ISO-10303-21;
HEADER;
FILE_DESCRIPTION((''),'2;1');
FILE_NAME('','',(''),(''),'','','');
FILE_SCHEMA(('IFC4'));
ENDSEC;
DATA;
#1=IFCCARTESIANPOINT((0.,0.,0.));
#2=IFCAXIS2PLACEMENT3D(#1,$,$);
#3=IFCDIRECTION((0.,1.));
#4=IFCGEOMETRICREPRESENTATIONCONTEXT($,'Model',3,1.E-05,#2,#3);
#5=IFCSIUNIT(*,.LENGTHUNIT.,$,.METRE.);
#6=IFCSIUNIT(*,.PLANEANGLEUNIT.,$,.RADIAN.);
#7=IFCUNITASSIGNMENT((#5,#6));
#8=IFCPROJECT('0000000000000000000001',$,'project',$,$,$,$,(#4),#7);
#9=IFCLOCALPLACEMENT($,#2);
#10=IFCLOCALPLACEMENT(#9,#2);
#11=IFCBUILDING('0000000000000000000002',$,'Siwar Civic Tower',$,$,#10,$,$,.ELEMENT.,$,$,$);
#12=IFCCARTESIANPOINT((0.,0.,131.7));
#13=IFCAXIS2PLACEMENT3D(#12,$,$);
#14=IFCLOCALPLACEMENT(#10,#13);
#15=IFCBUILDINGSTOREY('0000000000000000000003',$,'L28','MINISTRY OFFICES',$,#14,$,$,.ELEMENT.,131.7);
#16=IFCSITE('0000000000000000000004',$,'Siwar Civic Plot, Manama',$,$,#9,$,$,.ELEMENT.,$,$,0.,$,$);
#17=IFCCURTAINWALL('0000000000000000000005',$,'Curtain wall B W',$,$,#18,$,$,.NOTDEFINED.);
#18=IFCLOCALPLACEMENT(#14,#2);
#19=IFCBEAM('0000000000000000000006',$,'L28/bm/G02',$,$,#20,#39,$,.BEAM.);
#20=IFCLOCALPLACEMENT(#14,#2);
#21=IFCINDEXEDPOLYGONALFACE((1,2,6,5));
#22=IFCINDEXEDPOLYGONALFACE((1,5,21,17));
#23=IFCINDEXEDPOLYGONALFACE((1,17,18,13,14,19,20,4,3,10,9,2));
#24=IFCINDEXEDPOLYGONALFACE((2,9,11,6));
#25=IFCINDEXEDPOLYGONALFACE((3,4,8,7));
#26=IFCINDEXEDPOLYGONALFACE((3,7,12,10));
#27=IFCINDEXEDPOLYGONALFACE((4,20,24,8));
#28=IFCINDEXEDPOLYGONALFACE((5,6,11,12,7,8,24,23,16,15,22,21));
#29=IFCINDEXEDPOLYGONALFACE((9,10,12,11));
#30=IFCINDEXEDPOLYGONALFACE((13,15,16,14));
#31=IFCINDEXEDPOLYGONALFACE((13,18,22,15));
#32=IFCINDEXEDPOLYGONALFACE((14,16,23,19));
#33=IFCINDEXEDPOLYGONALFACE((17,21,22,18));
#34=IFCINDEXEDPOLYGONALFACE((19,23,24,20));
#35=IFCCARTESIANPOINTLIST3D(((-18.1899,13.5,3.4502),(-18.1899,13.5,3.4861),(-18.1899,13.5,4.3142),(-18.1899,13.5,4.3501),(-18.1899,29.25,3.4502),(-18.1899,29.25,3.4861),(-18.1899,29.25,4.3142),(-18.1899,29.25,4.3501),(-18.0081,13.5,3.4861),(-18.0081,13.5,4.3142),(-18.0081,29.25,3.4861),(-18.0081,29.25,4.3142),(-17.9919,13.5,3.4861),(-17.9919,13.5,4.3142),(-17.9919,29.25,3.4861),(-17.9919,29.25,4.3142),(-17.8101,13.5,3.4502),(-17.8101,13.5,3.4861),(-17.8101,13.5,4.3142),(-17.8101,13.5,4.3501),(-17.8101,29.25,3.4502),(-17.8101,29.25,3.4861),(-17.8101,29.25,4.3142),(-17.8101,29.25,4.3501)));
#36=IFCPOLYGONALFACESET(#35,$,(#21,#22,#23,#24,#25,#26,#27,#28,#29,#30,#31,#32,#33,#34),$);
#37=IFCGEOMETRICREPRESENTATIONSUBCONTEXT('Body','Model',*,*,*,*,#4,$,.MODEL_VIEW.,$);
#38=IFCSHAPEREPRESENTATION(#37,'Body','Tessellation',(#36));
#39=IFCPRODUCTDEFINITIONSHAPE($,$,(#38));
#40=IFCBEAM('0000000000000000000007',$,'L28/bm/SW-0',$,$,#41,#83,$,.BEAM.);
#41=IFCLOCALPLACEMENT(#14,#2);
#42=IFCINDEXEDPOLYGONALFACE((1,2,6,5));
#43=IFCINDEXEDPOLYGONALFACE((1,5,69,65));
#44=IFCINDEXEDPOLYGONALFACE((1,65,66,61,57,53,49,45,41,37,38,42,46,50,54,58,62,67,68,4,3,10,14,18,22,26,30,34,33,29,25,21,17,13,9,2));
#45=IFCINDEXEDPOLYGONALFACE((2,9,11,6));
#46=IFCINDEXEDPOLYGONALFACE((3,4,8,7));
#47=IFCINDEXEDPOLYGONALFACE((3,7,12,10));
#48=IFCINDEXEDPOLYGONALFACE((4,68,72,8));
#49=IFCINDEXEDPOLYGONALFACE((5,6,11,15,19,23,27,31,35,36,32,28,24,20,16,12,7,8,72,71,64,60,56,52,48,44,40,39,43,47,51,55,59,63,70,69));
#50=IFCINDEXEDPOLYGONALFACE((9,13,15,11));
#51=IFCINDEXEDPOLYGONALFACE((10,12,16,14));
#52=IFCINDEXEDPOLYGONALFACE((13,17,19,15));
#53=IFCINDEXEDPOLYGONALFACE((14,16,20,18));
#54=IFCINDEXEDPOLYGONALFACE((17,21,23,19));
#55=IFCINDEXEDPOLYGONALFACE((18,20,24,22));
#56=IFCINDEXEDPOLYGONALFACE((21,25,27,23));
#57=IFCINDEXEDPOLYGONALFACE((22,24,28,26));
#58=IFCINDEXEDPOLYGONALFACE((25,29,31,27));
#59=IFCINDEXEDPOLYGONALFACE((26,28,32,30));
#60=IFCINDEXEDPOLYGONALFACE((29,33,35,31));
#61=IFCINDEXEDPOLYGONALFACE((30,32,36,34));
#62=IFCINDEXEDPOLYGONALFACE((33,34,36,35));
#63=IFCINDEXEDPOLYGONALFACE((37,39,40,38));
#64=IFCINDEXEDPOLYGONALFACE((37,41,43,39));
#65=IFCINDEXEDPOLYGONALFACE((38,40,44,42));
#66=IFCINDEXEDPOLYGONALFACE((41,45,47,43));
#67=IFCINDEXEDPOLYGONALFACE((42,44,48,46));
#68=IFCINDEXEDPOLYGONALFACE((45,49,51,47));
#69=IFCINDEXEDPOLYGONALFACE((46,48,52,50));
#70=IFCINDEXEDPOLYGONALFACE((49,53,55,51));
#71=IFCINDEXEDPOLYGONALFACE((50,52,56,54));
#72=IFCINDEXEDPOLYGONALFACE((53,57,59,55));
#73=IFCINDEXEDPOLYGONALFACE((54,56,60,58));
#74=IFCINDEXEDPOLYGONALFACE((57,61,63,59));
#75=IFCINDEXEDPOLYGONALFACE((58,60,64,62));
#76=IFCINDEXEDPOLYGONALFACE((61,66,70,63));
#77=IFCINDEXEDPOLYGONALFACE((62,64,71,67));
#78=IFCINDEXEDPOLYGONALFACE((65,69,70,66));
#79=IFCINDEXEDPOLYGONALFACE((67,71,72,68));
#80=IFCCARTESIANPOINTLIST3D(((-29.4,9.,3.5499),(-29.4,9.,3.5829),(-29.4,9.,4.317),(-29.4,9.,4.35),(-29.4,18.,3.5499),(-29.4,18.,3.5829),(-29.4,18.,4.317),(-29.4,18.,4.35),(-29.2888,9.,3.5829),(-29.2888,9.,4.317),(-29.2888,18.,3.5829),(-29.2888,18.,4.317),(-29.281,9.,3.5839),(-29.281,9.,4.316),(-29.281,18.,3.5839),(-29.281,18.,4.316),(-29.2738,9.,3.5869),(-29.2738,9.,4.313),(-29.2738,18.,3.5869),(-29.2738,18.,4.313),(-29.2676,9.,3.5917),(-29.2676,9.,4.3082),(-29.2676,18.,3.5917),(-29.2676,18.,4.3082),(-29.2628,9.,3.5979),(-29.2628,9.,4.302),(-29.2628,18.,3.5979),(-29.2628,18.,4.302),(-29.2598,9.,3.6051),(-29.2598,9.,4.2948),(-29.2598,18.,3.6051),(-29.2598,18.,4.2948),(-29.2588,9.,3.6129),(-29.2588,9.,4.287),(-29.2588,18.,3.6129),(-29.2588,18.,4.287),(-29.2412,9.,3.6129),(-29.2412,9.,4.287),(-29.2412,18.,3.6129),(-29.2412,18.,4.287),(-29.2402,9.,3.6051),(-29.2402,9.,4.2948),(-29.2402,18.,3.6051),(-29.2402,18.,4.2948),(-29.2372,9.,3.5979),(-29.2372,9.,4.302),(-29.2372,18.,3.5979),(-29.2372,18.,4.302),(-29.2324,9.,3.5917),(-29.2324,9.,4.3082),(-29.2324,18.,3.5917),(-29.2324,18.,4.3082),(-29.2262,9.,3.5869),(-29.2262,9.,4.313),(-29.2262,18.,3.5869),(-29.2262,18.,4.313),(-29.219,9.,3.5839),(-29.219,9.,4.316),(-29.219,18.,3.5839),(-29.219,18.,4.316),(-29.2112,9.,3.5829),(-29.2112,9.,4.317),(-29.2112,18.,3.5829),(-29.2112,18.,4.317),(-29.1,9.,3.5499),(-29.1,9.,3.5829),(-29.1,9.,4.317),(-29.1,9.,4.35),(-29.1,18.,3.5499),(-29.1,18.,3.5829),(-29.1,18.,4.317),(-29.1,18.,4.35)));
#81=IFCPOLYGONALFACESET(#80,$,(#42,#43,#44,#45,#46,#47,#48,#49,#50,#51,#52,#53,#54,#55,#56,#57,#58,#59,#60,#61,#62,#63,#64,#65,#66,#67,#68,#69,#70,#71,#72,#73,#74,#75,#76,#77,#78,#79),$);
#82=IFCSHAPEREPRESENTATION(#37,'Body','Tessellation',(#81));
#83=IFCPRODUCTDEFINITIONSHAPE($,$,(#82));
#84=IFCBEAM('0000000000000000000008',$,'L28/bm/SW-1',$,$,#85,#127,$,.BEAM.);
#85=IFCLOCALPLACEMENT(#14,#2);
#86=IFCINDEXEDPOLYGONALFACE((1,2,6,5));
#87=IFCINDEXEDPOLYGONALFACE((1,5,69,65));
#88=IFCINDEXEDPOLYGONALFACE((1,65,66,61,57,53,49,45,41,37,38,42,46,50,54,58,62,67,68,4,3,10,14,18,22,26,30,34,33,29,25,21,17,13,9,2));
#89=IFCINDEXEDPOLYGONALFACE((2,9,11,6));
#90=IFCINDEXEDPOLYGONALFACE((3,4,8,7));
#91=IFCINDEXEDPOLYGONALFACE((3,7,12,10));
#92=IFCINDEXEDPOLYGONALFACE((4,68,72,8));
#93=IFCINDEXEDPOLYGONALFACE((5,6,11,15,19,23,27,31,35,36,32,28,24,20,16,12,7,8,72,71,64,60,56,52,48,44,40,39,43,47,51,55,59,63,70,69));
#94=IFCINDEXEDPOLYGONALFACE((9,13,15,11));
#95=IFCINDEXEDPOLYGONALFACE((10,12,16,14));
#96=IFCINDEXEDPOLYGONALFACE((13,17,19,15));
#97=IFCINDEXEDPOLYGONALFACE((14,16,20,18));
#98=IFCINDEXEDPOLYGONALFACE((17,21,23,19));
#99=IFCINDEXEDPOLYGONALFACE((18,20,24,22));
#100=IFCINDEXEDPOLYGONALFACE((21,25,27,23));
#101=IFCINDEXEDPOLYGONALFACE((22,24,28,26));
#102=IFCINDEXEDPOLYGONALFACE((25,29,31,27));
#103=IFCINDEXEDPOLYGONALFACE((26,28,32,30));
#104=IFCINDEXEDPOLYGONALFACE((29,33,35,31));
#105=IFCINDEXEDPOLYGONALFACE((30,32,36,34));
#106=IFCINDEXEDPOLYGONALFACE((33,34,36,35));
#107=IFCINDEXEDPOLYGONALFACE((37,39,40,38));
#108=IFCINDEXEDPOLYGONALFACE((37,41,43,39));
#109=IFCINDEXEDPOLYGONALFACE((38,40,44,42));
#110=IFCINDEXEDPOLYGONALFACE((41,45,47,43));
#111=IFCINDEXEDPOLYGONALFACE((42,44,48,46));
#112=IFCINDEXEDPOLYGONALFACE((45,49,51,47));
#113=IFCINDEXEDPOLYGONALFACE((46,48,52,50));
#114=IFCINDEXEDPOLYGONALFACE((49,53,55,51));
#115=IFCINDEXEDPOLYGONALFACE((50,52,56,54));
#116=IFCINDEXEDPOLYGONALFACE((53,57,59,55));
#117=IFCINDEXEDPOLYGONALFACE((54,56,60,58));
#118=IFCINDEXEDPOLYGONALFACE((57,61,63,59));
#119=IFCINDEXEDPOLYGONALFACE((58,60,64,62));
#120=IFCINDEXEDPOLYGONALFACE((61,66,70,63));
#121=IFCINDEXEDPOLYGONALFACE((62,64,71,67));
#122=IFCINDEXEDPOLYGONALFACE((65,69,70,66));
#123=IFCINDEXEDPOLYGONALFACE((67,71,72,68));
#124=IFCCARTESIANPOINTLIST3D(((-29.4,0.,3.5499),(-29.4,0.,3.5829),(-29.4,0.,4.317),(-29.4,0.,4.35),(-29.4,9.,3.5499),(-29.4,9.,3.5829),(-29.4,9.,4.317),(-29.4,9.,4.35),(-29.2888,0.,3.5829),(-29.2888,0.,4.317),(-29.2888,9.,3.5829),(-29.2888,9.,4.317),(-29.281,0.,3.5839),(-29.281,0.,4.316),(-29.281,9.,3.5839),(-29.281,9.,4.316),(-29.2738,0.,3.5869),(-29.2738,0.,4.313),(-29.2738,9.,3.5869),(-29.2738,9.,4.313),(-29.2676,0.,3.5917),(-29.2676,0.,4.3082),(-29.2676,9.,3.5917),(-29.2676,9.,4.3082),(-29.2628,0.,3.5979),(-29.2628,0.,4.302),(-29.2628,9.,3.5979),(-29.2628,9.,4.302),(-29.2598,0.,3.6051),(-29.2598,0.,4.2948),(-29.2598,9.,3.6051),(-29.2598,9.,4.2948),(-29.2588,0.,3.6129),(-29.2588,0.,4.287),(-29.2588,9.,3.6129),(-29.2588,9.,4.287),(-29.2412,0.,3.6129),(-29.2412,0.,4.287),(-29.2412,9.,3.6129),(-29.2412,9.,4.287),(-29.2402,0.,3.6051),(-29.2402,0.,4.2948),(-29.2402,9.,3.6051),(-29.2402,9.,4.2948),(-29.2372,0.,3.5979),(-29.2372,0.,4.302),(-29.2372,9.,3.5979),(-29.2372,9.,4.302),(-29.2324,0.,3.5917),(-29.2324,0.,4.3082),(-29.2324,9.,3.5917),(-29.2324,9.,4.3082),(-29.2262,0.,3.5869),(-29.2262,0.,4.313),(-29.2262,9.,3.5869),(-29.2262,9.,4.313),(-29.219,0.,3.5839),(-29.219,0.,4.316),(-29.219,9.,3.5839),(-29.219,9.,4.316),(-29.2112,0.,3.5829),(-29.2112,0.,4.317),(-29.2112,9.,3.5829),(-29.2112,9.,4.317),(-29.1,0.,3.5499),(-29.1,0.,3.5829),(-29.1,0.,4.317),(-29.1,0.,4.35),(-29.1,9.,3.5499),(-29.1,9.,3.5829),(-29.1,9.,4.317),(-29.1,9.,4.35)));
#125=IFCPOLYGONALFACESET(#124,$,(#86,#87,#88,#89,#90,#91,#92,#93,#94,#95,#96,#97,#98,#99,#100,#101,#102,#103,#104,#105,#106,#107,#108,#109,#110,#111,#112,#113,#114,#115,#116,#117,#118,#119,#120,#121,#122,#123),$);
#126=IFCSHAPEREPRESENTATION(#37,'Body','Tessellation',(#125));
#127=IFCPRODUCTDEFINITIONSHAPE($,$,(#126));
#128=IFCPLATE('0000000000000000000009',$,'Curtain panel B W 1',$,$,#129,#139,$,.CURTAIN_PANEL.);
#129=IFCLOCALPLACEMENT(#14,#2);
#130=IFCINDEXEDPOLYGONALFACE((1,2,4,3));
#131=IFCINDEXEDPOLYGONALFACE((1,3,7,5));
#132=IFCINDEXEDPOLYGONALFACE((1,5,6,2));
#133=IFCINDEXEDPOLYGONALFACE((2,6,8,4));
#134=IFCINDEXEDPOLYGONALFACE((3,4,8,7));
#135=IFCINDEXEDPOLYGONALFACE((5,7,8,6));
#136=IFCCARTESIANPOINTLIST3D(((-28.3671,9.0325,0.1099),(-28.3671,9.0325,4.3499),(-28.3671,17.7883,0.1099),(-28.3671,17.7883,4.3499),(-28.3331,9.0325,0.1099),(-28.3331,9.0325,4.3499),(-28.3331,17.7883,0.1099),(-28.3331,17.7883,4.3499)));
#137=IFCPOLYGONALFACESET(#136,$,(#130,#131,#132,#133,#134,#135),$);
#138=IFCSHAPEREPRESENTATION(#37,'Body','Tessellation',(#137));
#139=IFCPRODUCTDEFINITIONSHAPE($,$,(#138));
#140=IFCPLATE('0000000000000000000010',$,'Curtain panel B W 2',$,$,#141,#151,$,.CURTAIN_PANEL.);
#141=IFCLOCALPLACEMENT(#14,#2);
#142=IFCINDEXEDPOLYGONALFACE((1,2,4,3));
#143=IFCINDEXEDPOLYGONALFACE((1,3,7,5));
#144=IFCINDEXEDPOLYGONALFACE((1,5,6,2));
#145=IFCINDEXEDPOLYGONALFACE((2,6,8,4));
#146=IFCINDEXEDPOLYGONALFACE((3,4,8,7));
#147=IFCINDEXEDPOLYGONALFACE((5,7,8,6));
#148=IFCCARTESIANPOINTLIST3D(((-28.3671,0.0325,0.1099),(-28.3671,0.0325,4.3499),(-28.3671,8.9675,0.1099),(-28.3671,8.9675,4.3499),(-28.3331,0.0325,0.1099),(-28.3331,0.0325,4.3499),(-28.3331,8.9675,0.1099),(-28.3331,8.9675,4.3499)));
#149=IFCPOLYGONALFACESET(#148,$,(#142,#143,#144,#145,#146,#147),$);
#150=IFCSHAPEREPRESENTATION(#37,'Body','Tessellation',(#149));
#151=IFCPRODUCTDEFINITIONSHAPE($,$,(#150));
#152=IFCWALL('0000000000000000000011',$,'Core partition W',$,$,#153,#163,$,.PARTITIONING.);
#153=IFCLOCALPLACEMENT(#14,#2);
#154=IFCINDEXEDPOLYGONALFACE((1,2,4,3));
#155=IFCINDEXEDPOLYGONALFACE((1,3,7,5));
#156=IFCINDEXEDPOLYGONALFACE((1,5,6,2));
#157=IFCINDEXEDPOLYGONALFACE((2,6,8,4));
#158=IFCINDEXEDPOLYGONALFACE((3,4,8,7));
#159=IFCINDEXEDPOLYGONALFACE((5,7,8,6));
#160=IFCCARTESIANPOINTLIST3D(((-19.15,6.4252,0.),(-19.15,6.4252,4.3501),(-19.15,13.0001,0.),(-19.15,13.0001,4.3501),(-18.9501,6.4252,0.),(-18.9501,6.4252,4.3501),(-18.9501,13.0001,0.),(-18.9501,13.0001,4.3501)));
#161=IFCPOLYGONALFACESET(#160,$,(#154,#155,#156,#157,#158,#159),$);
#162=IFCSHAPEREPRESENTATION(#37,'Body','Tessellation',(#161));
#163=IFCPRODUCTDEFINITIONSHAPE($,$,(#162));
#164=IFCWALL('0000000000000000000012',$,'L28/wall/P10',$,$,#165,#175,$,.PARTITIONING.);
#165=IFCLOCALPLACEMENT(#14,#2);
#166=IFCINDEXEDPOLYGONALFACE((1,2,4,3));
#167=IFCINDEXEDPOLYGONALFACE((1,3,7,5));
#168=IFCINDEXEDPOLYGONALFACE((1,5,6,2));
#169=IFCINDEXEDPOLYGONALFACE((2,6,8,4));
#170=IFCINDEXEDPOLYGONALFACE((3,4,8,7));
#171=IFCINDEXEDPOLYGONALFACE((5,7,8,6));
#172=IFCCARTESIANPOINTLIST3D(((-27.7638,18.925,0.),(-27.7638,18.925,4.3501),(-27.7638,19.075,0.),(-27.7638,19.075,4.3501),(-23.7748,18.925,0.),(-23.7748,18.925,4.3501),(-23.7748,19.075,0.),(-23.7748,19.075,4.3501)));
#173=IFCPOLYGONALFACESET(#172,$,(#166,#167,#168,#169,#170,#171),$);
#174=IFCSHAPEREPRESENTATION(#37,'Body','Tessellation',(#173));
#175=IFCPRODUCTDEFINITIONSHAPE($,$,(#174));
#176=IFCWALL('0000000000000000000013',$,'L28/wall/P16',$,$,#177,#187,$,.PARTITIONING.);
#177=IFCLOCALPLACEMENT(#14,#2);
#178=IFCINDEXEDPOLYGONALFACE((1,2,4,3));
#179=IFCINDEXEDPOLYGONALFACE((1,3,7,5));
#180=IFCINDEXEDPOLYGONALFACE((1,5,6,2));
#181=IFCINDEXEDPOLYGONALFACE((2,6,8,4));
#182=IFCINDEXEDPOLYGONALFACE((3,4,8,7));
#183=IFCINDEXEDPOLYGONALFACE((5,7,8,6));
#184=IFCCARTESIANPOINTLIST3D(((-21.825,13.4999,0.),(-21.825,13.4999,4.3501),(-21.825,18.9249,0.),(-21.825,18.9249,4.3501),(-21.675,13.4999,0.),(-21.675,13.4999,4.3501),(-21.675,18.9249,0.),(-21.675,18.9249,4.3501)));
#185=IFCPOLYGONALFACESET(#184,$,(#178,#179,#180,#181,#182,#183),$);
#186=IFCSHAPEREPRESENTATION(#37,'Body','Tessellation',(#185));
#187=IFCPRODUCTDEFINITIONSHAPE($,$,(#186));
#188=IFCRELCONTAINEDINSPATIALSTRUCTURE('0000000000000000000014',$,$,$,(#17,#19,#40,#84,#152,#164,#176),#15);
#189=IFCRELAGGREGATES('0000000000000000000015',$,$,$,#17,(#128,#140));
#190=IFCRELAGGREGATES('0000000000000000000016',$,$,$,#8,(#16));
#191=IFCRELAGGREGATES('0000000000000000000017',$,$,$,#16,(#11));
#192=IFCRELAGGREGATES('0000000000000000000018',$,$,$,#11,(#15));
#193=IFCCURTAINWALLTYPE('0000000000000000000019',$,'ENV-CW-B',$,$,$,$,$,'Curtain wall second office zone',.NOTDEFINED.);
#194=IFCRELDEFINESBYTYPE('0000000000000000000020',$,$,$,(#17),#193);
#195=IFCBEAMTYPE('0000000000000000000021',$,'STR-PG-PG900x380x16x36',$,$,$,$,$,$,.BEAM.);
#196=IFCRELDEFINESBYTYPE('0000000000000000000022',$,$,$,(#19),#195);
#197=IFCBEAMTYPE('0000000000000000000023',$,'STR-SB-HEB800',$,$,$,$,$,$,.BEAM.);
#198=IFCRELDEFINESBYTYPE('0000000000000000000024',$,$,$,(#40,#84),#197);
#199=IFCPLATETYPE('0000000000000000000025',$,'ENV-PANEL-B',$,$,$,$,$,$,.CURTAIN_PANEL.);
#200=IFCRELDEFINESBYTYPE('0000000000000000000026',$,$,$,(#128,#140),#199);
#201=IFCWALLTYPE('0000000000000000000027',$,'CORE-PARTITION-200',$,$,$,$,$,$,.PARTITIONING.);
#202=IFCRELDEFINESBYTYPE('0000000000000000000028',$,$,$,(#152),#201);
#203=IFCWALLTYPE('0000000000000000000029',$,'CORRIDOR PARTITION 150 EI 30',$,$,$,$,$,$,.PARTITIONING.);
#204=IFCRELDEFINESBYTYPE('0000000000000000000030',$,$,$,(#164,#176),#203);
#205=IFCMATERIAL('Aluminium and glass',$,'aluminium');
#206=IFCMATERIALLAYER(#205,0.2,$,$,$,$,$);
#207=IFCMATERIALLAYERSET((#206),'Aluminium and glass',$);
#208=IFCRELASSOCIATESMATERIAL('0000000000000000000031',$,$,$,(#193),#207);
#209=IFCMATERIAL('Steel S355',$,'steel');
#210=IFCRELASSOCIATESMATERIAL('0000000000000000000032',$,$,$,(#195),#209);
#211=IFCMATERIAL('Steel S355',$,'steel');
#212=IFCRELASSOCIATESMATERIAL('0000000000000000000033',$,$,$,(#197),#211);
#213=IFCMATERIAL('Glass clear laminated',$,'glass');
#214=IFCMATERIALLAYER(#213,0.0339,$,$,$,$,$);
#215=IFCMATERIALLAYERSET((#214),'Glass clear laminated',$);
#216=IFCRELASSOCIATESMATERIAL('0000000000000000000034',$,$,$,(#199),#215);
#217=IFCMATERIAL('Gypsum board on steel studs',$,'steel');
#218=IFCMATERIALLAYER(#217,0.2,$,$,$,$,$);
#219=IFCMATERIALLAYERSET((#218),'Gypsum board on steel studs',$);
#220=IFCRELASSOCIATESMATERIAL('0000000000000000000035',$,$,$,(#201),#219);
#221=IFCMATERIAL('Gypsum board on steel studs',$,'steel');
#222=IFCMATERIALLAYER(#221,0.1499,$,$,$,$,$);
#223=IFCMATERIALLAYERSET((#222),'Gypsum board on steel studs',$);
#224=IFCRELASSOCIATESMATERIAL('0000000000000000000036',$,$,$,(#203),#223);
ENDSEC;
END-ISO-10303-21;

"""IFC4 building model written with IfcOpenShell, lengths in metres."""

from ifc_helpers import new_model, si_unit, direction, frame, frame_2d, origin, origin_2d, place, context, subcontext, project, spatial, rectangle, i_section, extrude, material, layer, layer_set, material_profile, profile_set, type_object, element, aggregate, save


model = new_model("IFC4")

# Units and contexts
model_context = context("Model", 3, precision=1e-05, world=origin(), true_north=direction((0.0, 1.0)))
body_context = subcontext(model_context, "Body", "Model", "MODEL_VIEW")
ifc_project = project(units=[si_unit("LENGTHUNIT", "METRE"), si_unit("PLANEANGLEUNIT", "RADIAN")], contexts=[model_context])

# Site, building, storey
site_placement = place(None, origin())
site = spatial("IfcSite", under=ifc_project, at=site_placement, Name="Siwar Civic Plot, Manama", CompositionType="ELEMENT", RefElevation=0.0)
building_placement = place(site_placement, origin())
building = spatial("IfcBuilding", under=site, at=building_placement, Name="Siwar Civic Tower", CompositionType="ELEMENT")
storey_placement = place(building_placement, frame((0.0, 0.0, 131.7)))
storey = spatial("IfcBuildingStorey", under=building, at=storey_placement, Name="L28", Description="MINISTRY OFFICES", CompositionType="ELEMENT", Elevation=131.7)

# Curtain wall
ifc_material_1 = material(Name="Aluminium and glass", Category="aluminium")
ifc_layer_1 = layer(ifc_material_1, 0.2)
ifc_layer_set_1 = layer_set([ifc_layer_1], Name="Aluminium and glass")
curtain_wall_type = type_object("IfcCurtainWallType", Name="ENV-CW-B", ElementType="Curtain wall second office zone", PredefinedType="NOTDEFINED", material=ifc_layer_set_1)
curtain_wall_placement = place(storey_placement, origin())
curtain_wall = element("IfcCurtainWall", 1, at=curtain_wall_placement, inside=storey, type_object=curtain_wall_type, Name="Curtain wall B W", PredefinedType="NOTDEFINED")

# Beams
ifc_material_2 = material(Name="Steel S355", Category="steel")
ifc_material_profile_1 = material_profile(ifc_material_2, i_section(OverallWidth=0.3799, OverallDepth=0.8999, WebThickness=0.0161, FlangeThickness=0.0359, at=origin_2d()), Name="PG900x380x16x36")
ifc_profile_set_1 = profile_set([ifc_material_profile_1], Name="Steel S355")
beam_type_1 = type_object("IfcBeamType", Name="STR-PG-PG900x380x16x36", PredefinedType="BEAM", material=ifc_profile_set_1)
beam_1_placement = place(storey_placement, frame((-18.0, 13.5, 3.9001), z_axis=(0.0, 1.0, 0.0), x_axis=(-1.0, 0.0, 0.0)))
element("IfcBeam", 2, at=beam_1_placement, inside=storey, type_object=beam_type_1, Name="L28/bm/G02", PredefinedType="BEAM", context=body_context, shape_type="SweptSolid", body=[
    extrude(i_section(OverallWidth=0.3799, OverallDepth=0.8999, WebThickness=0.0161, FlangeThickness=0.0359, at=origin_2d()), origin(), (0.0, 0.0, 1.0), 15.75),
])
ifc_material_3 = material(Name="Steel S355", Category="steel")
ifc_material_profile_2 = material_profile(ifc_material_3, i_section(OverallWidth=0.3, OverallDepth=0.8, WebThickness=0.0176, FlangeThickness=0.033, FilletRadius=0.03, at=origin_2d()), Name="HEB800")
ifc_profile_set_2 = profile_set([ifc_material_profile_2], Name="Steel S355")
beam_type_2 = type_object("IfcBeamType", Name="STR-SB-HEB800", PredefinedType="BEAM", material=ifc_profile_set_2)
for number, where, z_axis, x_axis, name in (
    (3, (-29.25, 18.0, 3.95), (0.0, -1.0, 0.0), (1.0, 0.0, 0.0), "L28/bm/SW-0"),
    (4, (-29.25, 9.0, 3.95), (0.0, -1.0, 0.0), (1.0, 0.0, 0.0), "L28/bm/SW-1"),
):
    element("IfcBeam", number, at=place(storey_placement, frame(where, z_axis=z_axis, x_axis=x_axis)), inside=storey, type_object=beam_type_2, Name=name, PredefinedType="BEAM", context=body_context, shape_type="SweptSolid", body=[
        extrude(i_section(OverallWidth=0.3, OverallDepth=0.8, WebThickness=0.0176, FlangeThickness=0.033, FilletRadius=0.03, at=origin_2d()), origin(), (0.0, 0.0, 1.0), 9.0),
    ])

# Plates
ifc_material_4 = material(Name="Glass clear laminated", Category="glass")
ifc_layer_2 = layer(ifc_material_4, 0.0339)
ifc_layer_set_2 = layer_set([ifc_layer_2], Name="Glass clear laminated")
plate_type = type_object("IfcPlateType", Name="ENV-PANEL-B", PredefinedType="CURTAIN_PANEL", material=ifc_layer_set_2)
plate_1_placement = place(storey_placement, frame((-28.3501, 13.4104, 0.1099), z_axis=(0.0, 0.0, 1.0), x_axis=(0.0, -1.0, 0.0)))
plate_1 = element("IfcPlate", 5, at=plate_1_placement, type_object=plate_type, Name="Curtain panel B W 1", PredefinedType="CURTAIN_PANEL", context=body_context, shape_type="SweptSolid", body=[
    extrude(rectangle(XDim=8.7559, YDim=0.0339, at=origin_2d()), origin(), (0.0, 0.0, 1.0), 4.24),
])
plate_2_placement = place(storey_placement, frame((-28.3501, 4.5, 0.1099), z_axis=(0.0, 0.0, 1.0), x_axis=(0.0, -1.0, 0.0)))
plate_2 = element("IfcPlate", 6, at=plate_2_placement, type_object=plate_type, Name="Curtain panel B W 2", PredefinedType="CURTAIN_PANEL", context=body_context, shape_type="SweptSolid", body=[
    extrude(rectangle(XDim=8.9351, YDim=0.0339, at=origin_2d()), origin(), (0.0, 0.0, 1.0), 4.24),
])
aggregate(curtain_wall, [plate_1, plate_2])

# Walls
ifc_material_5 = material(Name="Gypsum board on steel studs", Category="steel")
ifc_layer_3 = layer(ifc_material_5, 0.2)
ifc_layer_set_3 = layer_set([ifc_layer_3], Name="Gypsum board on steel studs")
wall_type_1 = type_object("IfcWallType", Name="CORE-PARTITION-200", PredefinedType="PARTITIONING", material=ifc_layer_set_3)
wall_1_placement = place(storey_placement, frame((-19.05, 6.425, 0.0), z_axis=(0.0, 0.0, 1.0), x_axis=(0.0, 1.0, 0.0)))
element("IfcWall", 7, at=wall_1_placement, inside=storey, type_object=wall_type_1, Name="Core partition W", PredefinedType="PARTITIONING", context=body_context, shape_type="SweptSolid", body=[
    extrude(rectangle(XDim=6.575, YDim=0.2, at=frame_2d((3.2876, 0.0))), origin(), (0.0, 0.0, 1.0), 4.3501),
])
ifc_material_6 = material(Name="Gypsum board on steel studs", Category="steel")
ifc_layer_4 = layer(ifc_material_6, 0.1499)
ifc_layer_set_4 = layer_set([ifc_layer_4], Name="Gypsum board on steel studs")
wall_type_2 = type_object("IfcWallType", Name="CORRIDOR PARTITION 150 EI 30", PredefinedType="PARTITIONING", material=ifc_layer_set_4)
wall_2_placement = place(storey_placement, frame((-27.7639, 19.0, 0.0), z_axis=(0.0, 0.0, 1.0), x_axis=(1.0, 0.0, 0.0)))
element("IfcWall", 8, at=wall_2_placement, inside=storey, type_object=wall_type_2, Name="L28/wall/P10", PredefinedType="PARTITIONING", context=body_context, shape_type="SweptSolid", body=[
    extrude(rectangle(XDim=3.989, YDim=0.1499, at=frame_2d((1.9946, 0.0))), origin(), (0.0, 0.0, 1.0), 4.3501),
])
wall_3_placement = place(storey_placement, frame((-21.75, 13.5, 0.0), z_axis=(0.0, 0.0, 1.0), x_axis=(0.0, 1.0, 0.0)))
element("IfcWall", 9, at=wall_3_placement, inside=storey, type_object=wall_type_2, Name="L28/wall/P16", PredefinedType="PARTITIONING", context=body_context, shape_type="SweptSolid", body=[
    extrude(rectangle(XDim=5.425, YDim=0.1499, at=frame_2d((2.7124, 0.0))), origin(), (0.0, 0.0, 1.0), 4.3501),
])

save(model, "model.ifc")
